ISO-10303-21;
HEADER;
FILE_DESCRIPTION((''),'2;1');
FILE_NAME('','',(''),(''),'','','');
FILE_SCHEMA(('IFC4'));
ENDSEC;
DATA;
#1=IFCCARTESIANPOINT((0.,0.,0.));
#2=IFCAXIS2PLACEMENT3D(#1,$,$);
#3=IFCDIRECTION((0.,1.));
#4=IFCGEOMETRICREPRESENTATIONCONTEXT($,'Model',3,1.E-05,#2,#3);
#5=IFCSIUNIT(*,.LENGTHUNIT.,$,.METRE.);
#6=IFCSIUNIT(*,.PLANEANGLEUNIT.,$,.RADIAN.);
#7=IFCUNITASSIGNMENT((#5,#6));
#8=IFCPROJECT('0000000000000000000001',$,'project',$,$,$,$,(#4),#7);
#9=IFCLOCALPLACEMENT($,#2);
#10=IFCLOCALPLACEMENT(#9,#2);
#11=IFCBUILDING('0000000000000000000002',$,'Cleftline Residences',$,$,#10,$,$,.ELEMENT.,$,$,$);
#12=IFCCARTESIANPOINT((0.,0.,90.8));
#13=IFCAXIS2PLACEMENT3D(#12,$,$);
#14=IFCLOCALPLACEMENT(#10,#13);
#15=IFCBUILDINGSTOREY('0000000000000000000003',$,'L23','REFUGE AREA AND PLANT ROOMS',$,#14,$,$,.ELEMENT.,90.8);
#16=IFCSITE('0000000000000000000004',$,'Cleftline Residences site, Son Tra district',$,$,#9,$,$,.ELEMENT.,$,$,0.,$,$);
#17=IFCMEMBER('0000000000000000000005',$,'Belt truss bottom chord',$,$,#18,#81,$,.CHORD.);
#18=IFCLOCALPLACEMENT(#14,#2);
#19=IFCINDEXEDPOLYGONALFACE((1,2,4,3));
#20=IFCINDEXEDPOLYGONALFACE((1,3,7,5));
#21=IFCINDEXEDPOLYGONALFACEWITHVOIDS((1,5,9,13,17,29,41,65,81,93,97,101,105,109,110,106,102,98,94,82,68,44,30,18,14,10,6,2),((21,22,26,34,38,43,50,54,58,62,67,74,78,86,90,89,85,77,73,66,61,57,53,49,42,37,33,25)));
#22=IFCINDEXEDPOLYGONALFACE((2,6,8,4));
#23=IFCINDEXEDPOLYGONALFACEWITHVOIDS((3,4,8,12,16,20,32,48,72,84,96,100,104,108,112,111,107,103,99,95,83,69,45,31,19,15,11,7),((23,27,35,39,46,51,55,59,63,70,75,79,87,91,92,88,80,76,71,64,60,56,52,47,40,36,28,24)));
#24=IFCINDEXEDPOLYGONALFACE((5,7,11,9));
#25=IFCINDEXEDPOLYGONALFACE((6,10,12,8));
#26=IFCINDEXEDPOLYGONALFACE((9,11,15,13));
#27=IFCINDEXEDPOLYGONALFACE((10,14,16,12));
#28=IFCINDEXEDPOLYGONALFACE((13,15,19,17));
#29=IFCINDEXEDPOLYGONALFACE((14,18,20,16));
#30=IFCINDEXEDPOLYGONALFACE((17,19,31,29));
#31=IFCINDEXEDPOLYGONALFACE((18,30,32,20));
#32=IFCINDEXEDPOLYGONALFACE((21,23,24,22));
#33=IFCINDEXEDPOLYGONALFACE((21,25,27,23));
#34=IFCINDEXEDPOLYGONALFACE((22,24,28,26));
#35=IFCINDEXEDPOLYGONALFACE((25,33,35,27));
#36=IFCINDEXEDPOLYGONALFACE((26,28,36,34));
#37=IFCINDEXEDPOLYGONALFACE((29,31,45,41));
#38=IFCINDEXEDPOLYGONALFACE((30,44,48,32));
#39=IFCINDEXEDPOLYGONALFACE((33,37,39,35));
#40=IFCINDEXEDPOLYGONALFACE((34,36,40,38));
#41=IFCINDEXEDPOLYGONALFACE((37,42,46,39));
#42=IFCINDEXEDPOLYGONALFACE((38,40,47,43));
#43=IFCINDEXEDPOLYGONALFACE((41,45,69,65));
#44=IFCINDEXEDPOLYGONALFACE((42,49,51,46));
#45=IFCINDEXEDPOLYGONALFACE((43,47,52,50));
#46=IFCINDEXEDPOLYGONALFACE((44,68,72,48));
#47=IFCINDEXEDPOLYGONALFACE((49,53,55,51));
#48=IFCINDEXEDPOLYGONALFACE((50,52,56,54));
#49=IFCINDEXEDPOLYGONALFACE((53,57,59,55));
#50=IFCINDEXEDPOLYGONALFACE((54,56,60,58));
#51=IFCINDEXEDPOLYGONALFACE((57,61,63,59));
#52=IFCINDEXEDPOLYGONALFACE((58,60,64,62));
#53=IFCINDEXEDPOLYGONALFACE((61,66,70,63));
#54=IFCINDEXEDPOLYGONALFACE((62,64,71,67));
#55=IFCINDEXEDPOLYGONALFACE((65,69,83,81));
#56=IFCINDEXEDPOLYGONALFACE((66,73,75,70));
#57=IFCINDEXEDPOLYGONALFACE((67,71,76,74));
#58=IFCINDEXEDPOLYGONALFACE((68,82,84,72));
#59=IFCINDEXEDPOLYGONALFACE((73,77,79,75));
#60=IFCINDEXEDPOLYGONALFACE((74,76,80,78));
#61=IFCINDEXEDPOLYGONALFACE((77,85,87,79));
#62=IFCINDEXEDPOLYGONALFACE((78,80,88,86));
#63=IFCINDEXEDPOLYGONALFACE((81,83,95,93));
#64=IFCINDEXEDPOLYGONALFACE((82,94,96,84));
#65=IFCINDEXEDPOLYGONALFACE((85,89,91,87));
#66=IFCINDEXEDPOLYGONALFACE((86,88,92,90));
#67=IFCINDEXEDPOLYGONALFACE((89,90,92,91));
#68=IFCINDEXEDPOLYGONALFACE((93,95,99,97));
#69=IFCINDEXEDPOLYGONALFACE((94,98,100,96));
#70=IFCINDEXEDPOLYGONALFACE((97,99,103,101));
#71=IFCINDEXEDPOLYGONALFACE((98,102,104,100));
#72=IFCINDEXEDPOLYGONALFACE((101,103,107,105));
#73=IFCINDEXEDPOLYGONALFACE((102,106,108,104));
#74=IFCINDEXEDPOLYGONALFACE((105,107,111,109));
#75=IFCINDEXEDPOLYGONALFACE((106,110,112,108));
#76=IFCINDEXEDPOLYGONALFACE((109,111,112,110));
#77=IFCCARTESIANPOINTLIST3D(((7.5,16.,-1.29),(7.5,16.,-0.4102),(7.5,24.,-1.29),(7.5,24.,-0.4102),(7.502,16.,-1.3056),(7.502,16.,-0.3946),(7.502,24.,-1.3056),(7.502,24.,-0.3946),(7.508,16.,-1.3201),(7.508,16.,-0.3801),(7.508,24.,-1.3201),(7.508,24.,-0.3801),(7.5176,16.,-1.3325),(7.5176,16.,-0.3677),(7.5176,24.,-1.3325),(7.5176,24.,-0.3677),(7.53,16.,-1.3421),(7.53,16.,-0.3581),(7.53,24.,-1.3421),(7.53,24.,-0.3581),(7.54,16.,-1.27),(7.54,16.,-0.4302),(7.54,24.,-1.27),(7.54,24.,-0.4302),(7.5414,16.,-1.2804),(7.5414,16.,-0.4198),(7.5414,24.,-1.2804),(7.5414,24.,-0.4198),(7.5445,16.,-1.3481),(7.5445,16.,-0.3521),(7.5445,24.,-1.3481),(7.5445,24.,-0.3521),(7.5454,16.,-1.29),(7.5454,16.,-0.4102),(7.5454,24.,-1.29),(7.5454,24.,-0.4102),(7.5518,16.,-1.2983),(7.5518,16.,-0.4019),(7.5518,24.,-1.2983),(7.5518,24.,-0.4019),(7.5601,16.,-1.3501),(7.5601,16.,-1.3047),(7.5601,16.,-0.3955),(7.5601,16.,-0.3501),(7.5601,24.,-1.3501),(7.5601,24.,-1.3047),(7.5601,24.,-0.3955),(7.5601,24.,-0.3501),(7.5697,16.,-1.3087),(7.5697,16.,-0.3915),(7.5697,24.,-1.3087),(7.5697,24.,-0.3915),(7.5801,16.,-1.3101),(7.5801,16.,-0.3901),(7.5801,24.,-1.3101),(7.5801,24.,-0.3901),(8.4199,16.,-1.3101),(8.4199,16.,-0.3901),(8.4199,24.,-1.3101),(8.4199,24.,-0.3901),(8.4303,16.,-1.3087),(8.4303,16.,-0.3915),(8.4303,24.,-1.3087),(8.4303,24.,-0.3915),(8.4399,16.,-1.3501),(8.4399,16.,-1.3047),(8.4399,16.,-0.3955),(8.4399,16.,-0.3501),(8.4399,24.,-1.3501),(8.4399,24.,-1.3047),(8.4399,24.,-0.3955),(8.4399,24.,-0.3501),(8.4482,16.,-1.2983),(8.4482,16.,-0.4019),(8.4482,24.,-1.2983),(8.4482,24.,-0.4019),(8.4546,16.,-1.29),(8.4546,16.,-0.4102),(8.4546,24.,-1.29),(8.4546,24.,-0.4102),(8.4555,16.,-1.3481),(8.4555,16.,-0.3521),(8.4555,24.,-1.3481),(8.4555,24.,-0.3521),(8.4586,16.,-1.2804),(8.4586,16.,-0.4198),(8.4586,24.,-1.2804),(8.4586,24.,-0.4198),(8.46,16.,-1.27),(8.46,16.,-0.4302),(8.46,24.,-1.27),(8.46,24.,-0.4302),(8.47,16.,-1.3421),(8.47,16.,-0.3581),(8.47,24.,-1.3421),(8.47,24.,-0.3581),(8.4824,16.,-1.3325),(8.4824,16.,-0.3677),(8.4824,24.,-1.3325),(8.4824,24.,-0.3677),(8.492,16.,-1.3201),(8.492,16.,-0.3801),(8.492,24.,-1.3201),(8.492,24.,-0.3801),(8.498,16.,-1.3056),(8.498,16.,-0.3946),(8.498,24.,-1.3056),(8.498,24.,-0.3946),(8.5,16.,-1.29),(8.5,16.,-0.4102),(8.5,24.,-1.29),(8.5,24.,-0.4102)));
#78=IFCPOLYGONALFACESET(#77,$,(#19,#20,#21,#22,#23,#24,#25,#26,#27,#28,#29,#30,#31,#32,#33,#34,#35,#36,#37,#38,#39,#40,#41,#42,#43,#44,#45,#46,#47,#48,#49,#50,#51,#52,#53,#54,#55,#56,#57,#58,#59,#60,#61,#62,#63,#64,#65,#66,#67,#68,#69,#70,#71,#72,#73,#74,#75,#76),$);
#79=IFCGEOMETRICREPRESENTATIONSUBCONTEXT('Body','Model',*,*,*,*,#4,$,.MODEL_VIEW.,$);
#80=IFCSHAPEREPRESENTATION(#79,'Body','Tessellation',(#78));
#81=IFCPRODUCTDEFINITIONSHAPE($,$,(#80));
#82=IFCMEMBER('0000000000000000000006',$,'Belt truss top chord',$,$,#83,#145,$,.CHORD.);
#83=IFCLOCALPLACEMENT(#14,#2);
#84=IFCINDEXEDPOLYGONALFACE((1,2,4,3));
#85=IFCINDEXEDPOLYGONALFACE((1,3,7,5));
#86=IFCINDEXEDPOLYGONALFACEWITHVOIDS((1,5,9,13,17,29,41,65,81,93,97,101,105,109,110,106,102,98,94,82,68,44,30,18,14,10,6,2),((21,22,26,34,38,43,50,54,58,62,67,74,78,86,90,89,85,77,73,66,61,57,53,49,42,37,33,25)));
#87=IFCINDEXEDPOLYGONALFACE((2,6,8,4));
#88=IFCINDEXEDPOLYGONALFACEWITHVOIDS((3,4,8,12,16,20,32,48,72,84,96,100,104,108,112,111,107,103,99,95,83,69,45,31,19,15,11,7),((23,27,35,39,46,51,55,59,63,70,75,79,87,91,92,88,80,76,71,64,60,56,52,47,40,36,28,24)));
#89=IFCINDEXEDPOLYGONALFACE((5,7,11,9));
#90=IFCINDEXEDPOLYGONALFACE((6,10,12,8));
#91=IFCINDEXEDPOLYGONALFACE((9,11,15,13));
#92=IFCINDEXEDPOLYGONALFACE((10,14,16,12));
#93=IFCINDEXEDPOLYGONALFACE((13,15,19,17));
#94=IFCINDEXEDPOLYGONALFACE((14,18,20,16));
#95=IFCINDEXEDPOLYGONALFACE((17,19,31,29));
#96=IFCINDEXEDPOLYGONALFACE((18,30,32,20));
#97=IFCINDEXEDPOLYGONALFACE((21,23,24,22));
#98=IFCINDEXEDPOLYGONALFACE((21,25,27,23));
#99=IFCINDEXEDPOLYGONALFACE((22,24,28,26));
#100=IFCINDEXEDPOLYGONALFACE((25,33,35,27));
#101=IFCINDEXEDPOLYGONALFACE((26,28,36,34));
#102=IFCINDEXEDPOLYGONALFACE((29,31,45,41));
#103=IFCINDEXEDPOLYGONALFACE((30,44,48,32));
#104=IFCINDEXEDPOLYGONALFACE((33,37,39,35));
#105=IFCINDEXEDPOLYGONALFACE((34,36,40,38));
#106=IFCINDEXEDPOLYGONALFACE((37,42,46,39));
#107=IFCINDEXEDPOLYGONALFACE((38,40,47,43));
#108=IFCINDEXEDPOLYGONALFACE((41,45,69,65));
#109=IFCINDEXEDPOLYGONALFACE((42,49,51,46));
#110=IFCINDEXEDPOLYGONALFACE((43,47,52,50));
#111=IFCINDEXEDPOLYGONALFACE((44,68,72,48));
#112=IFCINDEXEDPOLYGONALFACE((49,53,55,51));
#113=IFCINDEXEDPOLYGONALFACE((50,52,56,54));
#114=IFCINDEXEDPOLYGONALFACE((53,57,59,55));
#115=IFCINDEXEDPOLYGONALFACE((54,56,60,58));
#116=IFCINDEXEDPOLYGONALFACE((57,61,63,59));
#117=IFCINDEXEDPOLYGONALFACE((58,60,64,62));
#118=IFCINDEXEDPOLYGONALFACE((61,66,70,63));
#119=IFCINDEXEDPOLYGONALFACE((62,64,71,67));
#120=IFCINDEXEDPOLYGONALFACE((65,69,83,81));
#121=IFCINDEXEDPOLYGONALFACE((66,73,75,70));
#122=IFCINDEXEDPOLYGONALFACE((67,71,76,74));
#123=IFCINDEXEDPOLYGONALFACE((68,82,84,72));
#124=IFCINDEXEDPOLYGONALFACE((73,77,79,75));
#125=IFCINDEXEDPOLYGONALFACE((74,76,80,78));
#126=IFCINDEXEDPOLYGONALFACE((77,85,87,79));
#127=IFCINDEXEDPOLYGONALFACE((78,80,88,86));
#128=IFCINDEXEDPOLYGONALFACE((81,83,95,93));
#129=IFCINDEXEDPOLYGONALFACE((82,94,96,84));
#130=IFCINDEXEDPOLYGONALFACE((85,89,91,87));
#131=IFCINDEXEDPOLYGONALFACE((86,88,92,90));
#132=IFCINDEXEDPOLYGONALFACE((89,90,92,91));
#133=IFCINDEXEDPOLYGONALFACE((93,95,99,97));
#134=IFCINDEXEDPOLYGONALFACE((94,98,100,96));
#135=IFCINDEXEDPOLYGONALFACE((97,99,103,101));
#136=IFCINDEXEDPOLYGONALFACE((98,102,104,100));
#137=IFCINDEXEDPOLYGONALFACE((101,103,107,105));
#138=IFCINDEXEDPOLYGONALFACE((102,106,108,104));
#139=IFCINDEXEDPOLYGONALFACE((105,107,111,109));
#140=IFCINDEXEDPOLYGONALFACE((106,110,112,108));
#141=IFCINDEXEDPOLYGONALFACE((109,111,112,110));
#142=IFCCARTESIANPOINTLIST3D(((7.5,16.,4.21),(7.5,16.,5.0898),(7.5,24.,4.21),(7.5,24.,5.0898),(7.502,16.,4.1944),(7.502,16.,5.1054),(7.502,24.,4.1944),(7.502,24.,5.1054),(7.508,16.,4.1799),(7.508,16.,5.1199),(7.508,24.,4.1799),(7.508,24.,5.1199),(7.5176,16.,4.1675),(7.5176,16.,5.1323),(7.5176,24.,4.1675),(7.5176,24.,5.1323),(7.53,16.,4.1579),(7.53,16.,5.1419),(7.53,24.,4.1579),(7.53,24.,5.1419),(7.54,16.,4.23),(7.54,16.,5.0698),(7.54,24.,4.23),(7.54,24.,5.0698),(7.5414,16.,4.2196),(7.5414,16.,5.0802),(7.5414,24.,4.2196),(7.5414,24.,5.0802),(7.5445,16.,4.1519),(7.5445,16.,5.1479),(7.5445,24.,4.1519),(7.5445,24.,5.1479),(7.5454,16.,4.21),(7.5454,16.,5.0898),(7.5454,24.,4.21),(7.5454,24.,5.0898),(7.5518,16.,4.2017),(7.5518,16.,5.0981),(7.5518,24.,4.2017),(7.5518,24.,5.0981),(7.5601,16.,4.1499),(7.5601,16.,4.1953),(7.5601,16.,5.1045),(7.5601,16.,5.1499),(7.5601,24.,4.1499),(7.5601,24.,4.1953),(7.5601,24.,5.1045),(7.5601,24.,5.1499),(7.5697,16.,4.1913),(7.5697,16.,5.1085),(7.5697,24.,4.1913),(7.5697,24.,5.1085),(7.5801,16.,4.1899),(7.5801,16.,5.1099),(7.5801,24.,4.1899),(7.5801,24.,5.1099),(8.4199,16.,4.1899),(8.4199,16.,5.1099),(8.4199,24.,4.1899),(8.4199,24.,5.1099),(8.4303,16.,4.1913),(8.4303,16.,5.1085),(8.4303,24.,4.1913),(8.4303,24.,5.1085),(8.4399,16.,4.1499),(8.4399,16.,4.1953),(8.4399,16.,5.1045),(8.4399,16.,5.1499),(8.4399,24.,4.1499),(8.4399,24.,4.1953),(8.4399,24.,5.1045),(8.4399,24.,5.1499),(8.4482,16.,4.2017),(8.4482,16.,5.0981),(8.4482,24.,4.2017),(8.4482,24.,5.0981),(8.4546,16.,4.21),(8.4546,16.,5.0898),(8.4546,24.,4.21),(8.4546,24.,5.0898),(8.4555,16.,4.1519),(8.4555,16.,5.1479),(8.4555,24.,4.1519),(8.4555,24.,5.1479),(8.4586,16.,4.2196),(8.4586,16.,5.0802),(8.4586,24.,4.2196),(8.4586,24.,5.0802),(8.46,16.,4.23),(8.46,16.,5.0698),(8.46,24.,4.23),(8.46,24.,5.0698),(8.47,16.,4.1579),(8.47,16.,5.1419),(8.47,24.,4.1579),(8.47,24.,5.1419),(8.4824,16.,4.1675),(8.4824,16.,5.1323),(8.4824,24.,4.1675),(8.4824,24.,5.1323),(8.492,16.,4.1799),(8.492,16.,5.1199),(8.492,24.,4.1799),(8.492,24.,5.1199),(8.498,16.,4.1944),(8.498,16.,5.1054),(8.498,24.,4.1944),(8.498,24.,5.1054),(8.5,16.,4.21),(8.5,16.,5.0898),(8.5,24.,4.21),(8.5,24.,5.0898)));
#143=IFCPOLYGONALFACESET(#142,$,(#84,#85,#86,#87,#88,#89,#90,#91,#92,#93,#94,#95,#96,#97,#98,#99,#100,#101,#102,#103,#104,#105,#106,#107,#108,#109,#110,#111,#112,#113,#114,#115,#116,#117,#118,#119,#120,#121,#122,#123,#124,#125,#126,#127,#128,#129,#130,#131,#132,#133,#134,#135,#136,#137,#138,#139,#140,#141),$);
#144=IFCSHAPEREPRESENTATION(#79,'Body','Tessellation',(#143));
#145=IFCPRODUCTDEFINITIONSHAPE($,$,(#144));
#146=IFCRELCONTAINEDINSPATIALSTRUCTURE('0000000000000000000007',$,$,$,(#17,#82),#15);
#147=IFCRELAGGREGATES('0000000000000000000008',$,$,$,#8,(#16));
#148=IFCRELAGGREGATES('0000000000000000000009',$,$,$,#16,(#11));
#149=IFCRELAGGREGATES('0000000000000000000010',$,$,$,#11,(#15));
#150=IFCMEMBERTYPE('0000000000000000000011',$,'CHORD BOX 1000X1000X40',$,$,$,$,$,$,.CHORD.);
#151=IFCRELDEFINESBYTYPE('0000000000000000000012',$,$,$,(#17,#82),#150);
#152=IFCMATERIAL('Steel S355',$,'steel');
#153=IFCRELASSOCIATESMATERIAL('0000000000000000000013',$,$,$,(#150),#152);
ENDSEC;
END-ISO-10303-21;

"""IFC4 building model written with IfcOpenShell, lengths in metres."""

from ifc_helpers import new_model, si_unit, direction, frame, origin, origin_2d, place, context, subcontext, project, spatial, hollow_rectangle, extrude, material, material_profile, profile_set, type_object, element, save


model = new_model("IFC4")

# Units and contexts
model_context = context("Model", 3, precision=1e-05, world=origin(), true_north=direction((0.0, 1.0)))
body_context = subcontext(model_context, "Body", "Model", "MODEL_VIEW")
ifc_project = project(units=[si_unit("LENGTHUNIT", "METRE"), si_unit("PLANEANGLEUNIT", "RADIAN")], contexts=[model_context])

# Site, building, storey
site_placement = place(None, origin())
site = spatial("IfcSite", under=ifc_project, at=site_placement, Name="Cleftline Residences site, Son Tra district", CompositionType="ELEMENT", RefElevation=0.0)
building_placement = place(site_placement, origin())
building = spatial("IfcBuilding", under=site, at=building_placement, Name="Cleftline Residences", CompositionType="ELEMENT")
storey_placement = place(building_placement, frame((0.0, 0.0, 90.8)))
storey = spatial("IfcBuildingStorey", under=building, at=storey_placement, Name="L23", Description="REFUGE AREA AND PLANT ROOMS", CompositionType="ELEMENT", Elevation=90.8)

# Members
ifc_material_1 = material(Name="Steel S355", Category="steel")
ifc_material_profile_1 = material_profile(ifc_material_1, hollow_rectangle(XDim=1.0, YDim=1.0, WallThickness=0.04, InnerFilletRadius=0.04, OuterFilletRadius=0.0601, at=origin_2d()))
ifc_profile_set_1 = profile_set([ifc_material_profile_1], Name="Steel S355")
member_type_1 = type_object("IfcMemberType", Name="CHORD BOX 1000X1000X40", PredefinedType="CHORD", material=ifc_profile_set_1)
for number, where, z_axis, x_axis, name in (
    (1, (8.0, 16.0, -0.8501), (0.0, 1.0, 0.0), (-1.0, 0.0, 0.0), "Belt truss bottom chord"),
    (2, (8.0, 16.0, 4.6499), (0.0, 1.0, 0.0), (-1.0, 0.0, 0.0), "Belt truss top chord"),
):
    element("IfcMember", number, at=place(storey_placement, frame(where, z_axis=z_axis, x_axis=x_axis)), inside=storey, type_object=member_type_1, Name=name, PredefinedType="CHORD", context=body_context, shape_type="SweptSolid", body=[
        extrude(hollow_rectangle(XDim=1.0, YDim=1.0, WallThickness=0.04, InnerFilletRadius=0.04, OuterFilletRadius=0.0601, at=origin_2d()), origin(), (0.0, 0.0, 1.0), 8.0),
    ])

save(model, "model.ifc")
